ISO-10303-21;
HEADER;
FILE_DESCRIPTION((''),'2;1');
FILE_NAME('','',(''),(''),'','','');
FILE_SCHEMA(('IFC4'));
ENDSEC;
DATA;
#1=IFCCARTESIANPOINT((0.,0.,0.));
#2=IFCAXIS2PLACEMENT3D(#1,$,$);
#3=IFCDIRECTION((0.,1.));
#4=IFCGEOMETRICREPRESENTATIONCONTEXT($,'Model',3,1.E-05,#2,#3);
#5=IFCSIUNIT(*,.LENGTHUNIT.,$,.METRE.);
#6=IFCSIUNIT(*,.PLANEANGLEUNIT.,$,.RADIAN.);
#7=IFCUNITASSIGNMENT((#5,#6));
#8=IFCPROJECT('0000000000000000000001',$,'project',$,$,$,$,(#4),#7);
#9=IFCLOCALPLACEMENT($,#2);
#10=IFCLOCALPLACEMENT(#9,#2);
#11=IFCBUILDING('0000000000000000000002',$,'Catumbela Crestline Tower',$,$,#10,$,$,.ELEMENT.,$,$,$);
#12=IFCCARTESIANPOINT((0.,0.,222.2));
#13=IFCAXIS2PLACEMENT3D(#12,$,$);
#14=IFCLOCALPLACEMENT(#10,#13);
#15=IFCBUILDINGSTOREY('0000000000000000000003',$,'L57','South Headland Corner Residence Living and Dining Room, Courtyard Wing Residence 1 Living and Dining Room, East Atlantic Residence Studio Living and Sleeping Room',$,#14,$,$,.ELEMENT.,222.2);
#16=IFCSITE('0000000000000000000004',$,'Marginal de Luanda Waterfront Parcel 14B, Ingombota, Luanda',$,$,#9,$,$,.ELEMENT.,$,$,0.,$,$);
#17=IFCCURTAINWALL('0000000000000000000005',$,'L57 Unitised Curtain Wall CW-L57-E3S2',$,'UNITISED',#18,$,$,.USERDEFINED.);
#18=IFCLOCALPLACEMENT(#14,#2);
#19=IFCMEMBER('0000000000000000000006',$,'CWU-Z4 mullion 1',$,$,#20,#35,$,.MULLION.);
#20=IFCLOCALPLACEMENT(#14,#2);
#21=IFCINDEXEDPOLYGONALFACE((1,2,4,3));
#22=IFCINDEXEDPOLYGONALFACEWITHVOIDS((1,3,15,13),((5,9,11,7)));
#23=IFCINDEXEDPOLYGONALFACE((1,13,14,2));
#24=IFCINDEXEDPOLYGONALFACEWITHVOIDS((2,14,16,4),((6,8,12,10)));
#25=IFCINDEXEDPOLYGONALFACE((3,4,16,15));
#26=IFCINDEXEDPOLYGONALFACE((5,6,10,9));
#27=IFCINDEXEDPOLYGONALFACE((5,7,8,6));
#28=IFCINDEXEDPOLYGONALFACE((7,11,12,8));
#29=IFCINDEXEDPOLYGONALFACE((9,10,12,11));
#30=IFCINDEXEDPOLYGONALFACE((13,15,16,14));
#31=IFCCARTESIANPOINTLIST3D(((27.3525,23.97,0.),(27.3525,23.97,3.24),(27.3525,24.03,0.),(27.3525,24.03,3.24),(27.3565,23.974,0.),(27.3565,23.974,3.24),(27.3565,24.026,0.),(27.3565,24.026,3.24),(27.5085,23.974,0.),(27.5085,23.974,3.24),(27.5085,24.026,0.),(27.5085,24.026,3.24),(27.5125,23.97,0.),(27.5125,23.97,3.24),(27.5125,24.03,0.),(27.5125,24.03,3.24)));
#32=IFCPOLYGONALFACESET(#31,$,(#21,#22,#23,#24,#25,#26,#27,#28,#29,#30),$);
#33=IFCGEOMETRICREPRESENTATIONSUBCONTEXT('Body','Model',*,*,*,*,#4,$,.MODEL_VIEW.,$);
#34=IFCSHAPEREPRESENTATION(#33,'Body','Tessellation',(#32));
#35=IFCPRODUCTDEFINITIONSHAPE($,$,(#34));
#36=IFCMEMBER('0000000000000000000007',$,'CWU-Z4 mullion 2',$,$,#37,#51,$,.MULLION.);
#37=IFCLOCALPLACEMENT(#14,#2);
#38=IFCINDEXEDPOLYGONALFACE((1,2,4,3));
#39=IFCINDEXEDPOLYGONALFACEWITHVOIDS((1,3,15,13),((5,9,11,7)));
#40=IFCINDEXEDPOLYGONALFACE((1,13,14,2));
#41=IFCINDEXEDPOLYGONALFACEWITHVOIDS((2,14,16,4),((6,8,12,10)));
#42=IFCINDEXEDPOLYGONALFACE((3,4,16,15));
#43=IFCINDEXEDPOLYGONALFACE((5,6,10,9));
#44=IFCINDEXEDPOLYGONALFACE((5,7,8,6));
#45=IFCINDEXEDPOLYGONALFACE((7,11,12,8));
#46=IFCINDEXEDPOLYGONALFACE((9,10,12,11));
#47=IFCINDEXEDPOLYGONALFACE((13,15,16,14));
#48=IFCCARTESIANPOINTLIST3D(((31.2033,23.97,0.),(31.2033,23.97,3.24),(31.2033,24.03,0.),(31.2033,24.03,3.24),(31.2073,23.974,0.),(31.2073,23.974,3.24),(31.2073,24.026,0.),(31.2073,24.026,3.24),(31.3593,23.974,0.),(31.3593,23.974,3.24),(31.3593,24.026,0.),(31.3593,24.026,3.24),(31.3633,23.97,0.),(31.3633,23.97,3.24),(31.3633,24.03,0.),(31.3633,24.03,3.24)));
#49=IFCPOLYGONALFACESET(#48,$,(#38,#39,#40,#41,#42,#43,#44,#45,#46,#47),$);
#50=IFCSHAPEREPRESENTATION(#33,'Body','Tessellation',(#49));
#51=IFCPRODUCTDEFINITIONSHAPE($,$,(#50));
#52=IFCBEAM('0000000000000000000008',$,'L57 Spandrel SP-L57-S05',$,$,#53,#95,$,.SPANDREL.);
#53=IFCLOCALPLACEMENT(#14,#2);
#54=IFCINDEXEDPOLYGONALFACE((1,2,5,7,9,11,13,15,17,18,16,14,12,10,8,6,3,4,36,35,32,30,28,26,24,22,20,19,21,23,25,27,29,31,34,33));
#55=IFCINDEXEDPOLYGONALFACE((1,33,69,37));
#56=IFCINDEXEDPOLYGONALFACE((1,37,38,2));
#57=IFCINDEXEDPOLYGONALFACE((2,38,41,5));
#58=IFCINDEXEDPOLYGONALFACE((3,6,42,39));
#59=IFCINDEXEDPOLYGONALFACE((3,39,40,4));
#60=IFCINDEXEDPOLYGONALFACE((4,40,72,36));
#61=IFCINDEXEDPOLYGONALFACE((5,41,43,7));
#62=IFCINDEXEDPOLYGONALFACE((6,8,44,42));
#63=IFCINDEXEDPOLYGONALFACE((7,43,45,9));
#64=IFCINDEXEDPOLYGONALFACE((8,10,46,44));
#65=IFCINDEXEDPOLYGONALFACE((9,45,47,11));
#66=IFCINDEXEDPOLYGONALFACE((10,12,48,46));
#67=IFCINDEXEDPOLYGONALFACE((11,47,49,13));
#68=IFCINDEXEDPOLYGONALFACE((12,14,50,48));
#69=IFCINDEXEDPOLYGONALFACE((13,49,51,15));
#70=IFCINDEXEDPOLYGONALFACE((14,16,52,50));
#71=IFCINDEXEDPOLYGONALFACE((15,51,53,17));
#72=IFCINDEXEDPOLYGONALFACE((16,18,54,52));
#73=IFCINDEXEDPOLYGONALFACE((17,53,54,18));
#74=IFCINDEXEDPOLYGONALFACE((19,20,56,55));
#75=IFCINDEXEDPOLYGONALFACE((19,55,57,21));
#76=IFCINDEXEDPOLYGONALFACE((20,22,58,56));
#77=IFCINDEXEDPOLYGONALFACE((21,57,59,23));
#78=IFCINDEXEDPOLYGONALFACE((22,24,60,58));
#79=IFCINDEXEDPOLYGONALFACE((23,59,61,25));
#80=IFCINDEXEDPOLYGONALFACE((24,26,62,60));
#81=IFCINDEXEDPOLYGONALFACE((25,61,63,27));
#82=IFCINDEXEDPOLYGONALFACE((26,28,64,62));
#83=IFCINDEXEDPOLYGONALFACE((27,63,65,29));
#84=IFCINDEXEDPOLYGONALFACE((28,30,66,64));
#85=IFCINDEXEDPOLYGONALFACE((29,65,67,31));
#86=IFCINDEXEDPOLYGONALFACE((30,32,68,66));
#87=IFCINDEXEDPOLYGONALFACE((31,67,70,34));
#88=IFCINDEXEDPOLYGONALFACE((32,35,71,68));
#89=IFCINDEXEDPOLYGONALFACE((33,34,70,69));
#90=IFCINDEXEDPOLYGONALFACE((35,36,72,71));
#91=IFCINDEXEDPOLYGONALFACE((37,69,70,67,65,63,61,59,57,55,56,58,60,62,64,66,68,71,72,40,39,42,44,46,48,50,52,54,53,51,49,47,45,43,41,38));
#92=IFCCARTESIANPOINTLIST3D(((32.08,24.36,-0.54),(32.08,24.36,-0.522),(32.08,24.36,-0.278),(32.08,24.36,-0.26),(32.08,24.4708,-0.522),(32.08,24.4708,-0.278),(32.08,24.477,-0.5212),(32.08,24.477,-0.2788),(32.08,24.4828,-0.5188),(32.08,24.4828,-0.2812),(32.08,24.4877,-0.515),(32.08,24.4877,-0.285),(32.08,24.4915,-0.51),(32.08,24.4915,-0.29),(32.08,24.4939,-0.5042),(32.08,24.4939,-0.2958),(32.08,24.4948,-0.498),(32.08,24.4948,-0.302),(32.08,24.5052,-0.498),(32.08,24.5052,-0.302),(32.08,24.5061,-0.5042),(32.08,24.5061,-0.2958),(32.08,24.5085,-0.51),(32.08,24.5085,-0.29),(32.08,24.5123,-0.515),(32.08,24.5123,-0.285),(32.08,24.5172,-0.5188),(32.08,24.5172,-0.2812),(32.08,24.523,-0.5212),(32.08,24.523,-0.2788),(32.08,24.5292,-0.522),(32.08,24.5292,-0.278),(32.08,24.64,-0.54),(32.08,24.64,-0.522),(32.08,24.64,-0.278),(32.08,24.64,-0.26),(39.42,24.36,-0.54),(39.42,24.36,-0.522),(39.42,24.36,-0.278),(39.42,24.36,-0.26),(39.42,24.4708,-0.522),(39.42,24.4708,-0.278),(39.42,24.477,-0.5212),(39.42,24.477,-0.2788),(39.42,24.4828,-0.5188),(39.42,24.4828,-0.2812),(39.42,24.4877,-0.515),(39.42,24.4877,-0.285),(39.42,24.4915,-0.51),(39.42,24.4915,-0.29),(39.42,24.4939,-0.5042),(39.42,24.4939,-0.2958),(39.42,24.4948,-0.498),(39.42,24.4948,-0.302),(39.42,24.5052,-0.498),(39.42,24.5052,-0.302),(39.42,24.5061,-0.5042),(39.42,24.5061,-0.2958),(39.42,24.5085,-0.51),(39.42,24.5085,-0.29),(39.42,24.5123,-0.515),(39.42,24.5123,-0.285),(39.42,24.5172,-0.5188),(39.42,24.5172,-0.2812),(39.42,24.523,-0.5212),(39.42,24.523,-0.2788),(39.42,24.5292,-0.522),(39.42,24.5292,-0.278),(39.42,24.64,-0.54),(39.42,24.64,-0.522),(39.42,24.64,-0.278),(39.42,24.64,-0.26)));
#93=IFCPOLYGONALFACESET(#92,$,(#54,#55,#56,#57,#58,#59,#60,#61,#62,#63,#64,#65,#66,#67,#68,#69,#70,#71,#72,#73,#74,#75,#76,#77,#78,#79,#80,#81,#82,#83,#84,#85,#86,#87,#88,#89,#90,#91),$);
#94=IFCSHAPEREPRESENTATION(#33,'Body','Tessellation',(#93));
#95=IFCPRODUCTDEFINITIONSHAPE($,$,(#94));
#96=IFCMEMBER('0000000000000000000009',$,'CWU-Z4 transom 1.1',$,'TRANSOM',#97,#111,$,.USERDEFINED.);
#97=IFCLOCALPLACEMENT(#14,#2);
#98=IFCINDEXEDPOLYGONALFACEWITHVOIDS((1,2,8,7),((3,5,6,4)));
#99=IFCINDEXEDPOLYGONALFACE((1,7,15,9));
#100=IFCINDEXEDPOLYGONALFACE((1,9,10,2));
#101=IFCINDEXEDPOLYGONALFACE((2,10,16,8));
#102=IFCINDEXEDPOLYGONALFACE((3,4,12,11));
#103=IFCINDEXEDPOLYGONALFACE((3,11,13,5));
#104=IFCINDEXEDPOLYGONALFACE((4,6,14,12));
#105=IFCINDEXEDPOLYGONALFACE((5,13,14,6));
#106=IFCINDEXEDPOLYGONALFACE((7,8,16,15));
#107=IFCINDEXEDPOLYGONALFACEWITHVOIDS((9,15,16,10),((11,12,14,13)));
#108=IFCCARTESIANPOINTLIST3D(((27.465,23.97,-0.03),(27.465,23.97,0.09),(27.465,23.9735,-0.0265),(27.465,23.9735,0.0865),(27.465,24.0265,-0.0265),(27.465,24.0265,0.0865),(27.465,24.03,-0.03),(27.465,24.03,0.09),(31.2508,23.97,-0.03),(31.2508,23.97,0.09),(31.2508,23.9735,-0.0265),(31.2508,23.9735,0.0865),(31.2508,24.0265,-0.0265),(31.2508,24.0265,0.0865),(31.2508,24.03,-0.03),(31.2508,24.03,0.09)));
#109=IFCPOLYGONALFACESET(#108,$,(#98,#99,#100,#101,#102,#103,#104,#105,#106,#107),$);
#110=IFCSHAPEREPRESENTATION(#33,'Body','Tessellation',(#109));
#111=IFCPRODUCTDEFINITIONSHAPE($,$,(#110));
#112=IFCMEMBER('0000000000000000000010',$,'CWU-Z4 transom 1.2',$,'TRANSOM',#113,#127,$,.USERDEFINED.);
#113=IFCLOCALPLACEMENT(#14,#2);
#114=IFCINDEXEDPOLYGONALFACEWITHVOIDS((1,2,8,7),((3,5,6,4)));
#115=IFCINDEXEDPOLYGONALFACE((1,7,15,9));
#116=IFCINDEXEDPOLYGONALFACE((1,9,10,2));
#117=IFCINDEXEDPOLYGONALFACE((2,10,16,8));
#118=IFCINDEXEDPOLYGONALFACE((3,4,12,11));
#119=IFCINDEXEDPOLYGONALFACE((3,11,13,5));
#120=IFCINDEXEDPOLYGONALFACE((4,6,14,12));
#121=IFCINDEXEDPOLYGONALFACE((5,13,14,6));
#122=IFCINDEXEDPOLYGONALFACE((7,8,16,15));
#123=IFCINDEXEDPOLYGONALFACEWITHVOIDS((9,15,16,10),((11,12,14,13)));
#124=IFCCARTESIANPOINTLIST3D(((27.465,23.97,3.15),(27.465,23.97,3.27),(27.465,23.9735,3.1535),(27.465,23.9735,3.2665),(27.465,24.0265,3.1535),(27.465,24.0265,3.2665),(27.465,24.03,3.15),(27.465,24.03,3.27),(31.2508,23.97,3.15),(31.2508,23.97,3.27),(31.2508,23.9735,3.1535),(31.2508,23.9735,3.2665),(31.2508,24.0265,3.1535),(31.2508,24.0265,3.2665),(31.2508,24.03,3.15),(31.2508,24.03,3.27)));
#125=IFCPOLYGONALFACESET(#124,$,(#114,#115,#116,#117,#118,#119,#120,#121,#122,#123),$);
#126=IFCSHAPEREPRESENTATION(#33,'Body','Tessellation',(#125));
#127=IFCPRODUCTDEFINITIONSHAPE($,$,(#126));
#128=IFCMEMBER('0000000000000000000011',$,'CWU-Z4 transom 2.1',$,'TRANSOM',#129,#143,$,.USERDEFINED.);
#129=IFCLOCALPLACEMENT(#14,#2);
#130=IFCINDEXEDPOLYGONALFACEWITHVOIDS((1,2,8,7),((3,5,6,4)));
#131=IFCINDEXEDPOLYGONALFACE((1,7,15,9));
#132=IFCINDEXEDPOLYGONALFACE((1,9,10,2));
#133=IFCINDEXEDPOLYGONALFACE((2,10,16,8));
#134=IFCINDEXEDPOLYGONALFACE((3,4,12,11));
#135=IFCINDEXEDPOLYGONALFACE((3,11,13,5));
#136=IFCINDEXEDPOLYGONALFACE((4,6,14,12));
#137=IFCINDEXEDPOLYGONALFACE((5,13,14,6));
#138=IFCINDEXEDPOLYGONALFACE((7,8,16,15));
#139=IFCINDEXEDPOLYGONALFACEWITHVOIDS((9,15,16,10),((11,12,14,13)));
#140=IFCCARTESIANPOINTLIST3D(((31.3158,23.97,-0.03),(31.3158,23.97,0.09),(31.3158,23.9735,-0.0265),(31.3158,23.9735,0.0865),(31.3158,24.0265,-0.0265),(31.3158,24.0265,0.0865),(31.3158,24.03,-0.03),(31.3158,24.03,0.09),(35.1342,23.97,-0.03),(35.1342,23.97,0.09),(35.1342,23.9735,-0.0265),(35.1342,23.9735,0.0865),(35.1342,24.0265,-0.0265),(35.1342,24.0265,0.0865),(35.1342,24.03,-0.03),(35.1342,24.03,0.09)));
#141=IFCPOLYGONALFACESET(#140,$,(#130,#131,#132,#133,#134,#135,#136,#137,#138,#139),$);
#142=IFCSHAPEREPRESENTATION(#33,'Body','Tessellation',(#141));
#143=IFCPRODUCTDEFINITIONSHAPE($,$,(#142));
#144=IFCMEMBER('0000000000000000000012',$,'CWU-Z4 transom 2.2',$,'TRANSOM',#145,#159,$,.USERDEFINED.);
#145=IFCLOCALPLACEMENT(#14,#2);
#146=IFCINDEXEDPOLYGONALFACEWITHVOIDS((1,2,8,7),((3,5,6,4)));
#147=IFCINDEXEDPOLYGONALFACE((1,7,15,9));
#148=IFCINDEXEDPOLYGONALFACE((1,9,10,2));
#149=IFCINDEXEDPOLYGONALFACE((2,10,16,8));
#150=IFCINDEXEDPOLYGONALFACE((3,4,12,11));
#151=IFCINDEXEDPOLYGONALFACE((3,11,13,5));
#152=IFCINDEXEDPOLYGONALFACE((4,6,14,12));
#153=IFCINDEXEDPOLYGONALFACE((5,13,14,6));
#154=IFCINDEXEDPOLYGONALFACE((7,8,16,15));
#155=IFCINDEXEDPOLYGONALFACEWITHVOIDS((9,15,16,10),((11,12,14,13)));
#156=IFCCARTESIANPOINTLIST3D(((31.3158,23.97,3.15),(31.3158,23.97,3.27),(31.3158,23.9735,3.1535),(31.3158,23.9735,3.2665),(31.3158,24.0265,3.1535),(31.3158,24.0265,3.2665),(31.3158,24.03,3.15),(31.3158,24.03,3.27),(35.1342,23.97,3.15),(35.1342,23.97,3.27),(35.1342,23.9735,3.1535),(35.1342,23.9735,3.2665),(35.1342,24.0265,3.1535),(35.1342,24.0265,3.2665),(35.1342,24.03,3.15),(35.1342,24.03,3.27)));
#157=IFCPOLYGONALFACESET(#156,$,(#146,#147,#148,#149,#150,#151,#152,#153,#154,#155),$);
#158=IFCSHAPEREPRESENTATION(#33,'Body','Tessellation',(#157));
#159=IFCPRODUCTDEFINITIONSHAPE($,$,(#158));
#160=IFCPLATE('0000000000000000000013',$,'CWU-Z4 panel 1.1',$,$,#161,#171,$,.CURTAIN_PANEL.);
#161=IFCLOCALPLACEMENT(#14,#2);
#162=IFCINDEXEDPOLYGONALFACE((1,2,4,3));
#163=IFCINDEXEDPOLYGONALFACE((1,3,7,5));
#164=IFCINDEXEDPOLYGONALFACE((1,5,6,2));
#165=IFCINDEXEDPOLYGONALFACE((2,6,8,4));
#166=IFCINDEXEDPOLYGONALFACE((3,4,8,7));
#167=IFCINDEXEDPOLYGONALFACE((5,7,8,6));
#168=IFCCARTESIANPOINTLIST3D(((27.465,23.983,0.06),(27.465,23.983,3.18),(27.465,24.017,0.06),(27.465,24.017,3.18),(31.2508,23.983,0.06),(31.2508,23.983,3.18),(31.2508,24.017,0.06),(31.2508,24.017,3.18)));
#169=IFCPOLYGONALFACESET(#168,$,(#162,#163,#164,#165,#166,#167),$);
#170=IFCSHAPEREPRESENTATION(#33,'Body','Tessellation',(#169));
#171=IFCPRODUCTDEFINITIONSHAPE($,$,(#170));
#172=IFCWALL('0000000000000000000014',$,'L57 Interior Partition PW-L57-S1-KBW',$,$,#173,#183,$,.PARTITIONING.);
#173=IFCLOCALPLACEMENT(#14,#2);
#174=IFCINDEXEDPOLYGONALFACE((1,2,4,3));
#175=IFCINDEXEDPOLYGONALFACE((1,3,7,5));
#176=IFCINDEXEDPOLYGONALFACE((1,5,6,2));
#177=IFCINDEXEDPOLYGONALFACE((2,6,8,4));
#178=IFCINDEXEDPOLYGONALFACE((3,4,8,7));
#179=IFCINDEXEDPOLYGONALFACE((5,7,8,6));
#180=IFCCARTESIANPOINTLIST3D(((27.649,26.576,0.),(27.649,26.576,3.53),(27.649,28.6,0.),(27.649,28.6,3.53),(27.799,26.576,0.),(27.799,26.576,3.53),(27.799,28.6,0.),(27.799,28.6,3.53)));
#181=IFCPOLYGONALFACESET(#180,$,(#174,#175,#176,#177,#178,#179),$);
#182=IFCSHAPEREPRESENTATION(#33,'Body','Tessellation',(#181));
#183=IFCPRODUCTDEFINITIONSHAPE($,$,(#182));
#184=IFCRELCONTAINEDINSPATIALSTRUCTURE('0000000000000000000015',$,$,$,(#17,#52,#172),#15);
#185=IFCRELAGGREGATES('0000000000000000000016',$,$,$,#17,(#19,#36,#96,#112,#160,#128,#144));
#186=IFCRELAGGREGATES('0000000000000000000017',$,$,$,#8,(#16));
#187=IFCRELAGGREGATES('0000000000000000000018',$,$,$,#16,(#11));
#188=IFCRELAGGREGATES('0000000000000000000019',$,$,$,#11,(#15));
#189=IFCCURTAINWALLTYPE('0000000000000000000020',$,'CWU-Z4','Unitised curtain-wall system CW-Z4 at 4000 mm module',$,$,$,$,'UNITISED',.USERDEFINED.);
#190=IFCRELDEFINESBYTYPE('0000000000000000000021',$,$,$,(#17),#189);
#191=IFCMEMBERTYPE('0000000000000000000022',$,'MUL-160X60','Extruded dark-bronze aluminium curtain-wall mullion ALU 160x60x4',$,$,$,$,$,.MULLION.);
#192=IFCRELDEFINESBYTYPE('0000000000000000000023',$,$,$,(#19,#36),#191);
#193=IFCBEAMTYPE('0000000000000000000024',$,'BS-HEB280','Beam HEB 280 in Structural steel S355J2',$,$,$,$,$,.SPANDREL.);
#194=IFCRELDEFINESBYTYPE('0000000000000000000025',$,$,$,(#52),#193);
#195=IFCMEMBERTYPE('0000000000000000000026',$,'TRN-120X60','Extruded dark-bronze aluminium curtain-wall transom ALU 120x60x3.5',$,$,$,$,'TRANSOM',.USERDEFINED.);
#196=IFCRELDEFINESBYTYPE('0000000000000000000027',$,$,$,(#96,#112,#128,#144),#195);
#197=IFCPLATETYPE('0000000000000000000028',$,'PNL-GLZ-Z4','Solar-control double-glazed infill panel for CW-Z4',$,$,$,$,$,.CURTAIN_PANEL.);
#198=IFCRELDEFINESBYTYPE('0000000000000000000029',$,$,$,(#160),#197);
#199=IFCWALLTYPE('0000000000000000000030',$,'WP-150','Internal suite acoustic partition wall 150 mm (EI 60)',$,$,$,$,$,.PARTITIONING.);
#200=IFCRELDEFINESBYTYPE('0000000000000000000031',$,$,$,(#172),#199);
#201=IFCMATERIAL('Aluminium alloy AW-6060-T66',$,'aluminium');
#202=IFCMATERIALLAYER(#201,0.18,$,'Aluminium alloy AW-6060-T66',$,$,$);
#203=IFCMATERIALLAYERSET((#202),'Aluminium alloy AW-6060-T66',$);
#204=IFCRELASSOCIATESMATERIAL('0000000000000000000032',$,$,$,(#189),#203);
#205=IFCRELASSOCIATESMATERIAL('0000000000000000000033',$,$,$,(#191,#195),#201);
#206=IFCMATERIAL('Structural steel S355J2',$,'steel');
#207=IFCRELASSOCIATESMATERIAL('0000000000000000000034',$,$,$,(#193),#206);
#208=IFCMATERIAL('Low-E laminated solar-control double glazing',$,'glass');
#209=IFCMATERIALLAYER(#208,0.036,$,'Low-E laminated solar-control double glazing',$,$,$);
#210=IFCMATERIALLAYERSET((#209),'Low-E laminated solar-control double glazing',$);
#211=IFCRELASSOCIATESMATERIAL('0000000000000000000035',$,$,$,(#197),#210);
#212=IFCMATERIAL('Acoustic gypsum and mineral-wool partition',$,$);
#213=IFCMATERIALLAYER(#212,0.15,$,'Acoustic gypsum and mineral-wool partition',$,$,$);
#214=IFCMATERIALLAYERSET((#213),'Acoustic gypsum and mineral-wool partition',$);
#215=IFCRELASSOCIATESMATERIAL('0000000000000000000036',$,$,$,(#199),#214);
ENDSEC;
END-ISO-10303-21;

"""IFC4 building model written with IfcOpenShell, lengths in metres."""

from ifc_helpers import new_model, si_unit, direction, frame, frame_2d, origin, origin_2d, place, context, subcontext, project, spatial, rectangle, hollow_rectangle, i_section, extrude, material, layer, layer_set, material_profile, profile_set, type_object, element, aggregate, save


model = new_model("IFC4")

# Units and contexts
model_context = context("Model", 3, precision=1e-05, world=origin(), true_north=direction((0.0, 1.0)))
body_context = subcontext(model_context, "Body", "Model", "MODEL_VIEW")
ifc_project = project(units=[si_unit("LENGTHUNIT", "METRE"), si_unit("PLANEANGLEUNIT", "RADIAN")], contexts=[model_context])

# Site, building, storey
site_placement = place(None, origin())
site = spatial("IfcSite", under=ifc_project, at=site_placement, Name="Marginal de Luanda Waterfront Parcel 14B, Ingombota, Luanda", CompositionType="ELEMENT", RefElevation=0.0)
building_placement = place(site_placement, origin())
building = spatial("IfcBuilding", under=site, at=building_placement, Name="Catumbela Crestline Tower", CompositionType="ELEMENT")
storey_placement = place(building_placement, frame((0.0, 0.0, 222.2)))
storey = spatial("IfcBuildingStorey", under=building, at=storey_placement, Name="L57", Description="South Headland Corner Residence Living and Dining Room, Courtyard Wing Residence 1 Living and Dining Room, East Atlantic Residence Studio Living and Sleeping Room", CompositionType="ELEMENT", Elevation=222.2)

# Shared definitions
ifc_material_1 = material(Name="Structural steel S355J2", Category="steel")

# Curtain wall, members
ifc_material_2 = material(Name="Aluminium alloy AW-6060-T66", Category="aluminium")
ifc_layer_1 = layer(ifc_material_2, 0.18, Name="Aluminium alloy AW-6060-T66")
ifc_layer_set_1 = layer_set([ifc_layer_1], Name="Aluminium alloy AW-6060-T66")
curtain_wall_type = type_object("IfcCurtainWallType", Name="CWU-Z4", Description="Unitised curtain-wall system CW-Z4 at 4000 mm module", ElementType="UNITISED", PredefinedType="USERDEFINED", material=ifc_layer_set_1)
curtain_wall_placement = place(storey_placement, origin())
curtain_wall = element("IfcCurtainWall", 1, at=curtain_wall_placement, inside=storey, type_object=curtain_wall_type, Name="L57 Unitised Curtain Wall CW-L57-E3S2", ObjectType="UNITISED", PredefinedType="USERDEFINED")
ifc_material_profile_1 = material_profile(ifc_material_2, hollow_rectangle(XDim=0.06, YDim=0.16, WallThickness=0.004, at=origin_2d()), Name="ALU 160x60x4")
ifc_profile_set_1 = profile_set([ifc_material_profile_1], Name="Aluminium alloy AW-6060-T66")
member_type_1 = type_object("IfcMemberType", Name="MUL-160X60", Description="Extruded dark-bronze aluminium curtain-wall mullion ALU 160x60x4", PredefinedType="MULLION", material=ifc_profile_set_1)
member_1_placement = place(storey_placement, frame((27.4325, 24.0, 0.0), z_axis=(0.0, 0.0, 1.0), x_axis=(0.0, 1.0, 0.0)))
member_1 = element("IfcMember", 2, at=member_1_placement, type_object=member_type_1, Name="CWU-Z4 mullion 1", PredefinedType="MULLION", context=body_context, shape_type="SweptSolid", body=[
    extrude(hollow_rectangle(XDim=0.06, YDim=0.16, WallThickness=0.004, at=origin_2d()), origin(), (0.0, 0.0, 1.0), 3.24),
])
member_2_placement = place(storey_placement, frame((31.2833, 24.0, 0.0), z_axis=(0.0, 0.0, 1.0), x_axis=(0.0, 1.0, 0.0)))
member_2 = element("IfcMember", 3, at=member_2_placement, type_object=member_type_1, Name="CWU-Z4 mullion 2", PredefinedType="MULLION", context=body_context, shape_type="SweptSolid", body=[
    extrude(hollow_rectangle(XDim=0.06, YDim=0.16, WallThickness=0.004, at=origin_2d()), origin(), (0.0, 0.0, 1.0), 3.24),
])

# Beam
ifc_material_profile_2 = material_profile(ifc_material_1, i_section(OverallWidth=0.28, OverallDepth=0.28, WebThickness=0.0105, FlangeThickness=0.018, FilletRadius=0.024, at=origin_2d()), Name="HEB 280")
ifc_profile_set_2 = profile_set([ifc_material_profile_2], Name="Structural steel S355J2")
beam_type_1 = type_object("IfcBeamType", Name="BS-HEB280", Description="Beam HEB 280 in Structural steel S355J2", PredefinedType="SPANDREL", material=ifc_profile_set_2)
beam_1_placement = place(storey_placement, frame((32.08, 24.5, -0.4), z_axis=(1.0, 0.0, 0.0), x_axis=(0.0, 1.0, 0.0)))
element("IfcBeam", 4, at=beam_1_placement, inside=storey, type_object=beam_type_1, Name="L57 Spandrel SP-L57-S05", PredefinedType="SPANDREL", context=body_context, shape_type="SweptSolid", body=[
    extrude(i_section(OverallWidth=0.28, OverallDepth=0.28, WebThickness=0.0105, FlangeThickness=0.018, FilletRadius=0.024, at=origin_2d()), origin(), (0.0, 0.0, 1.0), 7.34),
])

# Members
ifc_material_profile_3 = material_profile(ifc_material_2, hollow_rectangle(XDim=0.06, YDim=0.12, WallThickness=0.0035, at=origin_2d()), Name="ALU 120x60x3.5")
ifc_profile_set_3 = profile_set([ifc_material_profile_3], Name="Aluminium alloy AW-6060-T66")
member_type_2 = type_object("IfcMemberType", Name="TRN-120X60", Description="Extruded dark-bronze aluminium curtain-wall transom ALU 120x60x3.5", ElementType="TRANSOM", PredefinedType="USERDEFINED", material=ifc_profile_set_3)
member_3_placement = place(storey_placement, frame((27.465, 24.0, 0.03), z_axis=(1.0, 0.0, 0.0), x_axis=(0.0, 1.0, 0.0)))
member_3 = element("IfcMember", 5, at=member_3_placement, type_object=member_type_2, Name="CWU-Z4 transom 1.1", ObjectType="TRANSOM", PredefinedType="USERDEFINED", context=body_context, shape_type="SweptSolid", body=[
    extrude(hollow_rectangle(XDim=0.06, YDim=0.12, WallThickness=0.0035, at=origin_2d()), origin(), (0.0, 0.0, 1.0), 3.7858),
])
member_4_placement = place(storey_placement, frame((27.465, 24.0, 3.21), z_axis=(1.0, 0.0, 0.0), x_axis=(0.0, 1.0, 0.0)))
member_4 = element("IfcMember", 6, at=member_4_placement, type_object=member_type_2, Name="CWU-Z4 transom 1.2", ObjectType="TRANSOM", PredefinedType="USERDEFINED", context=body_context, shape_type="SweptSolid", body=[
    extrude(hollow_rectangle(XDim=0.06, YDim=0.12, WallThickness=0.0035, at=origin_2d()), origin(), (0.0, 0.0, 1.0), 3.7858),
])
member_5_placement = place(storey_placement, frame((31.3158, 24.0, 0.03), z_axis=(1.0, 0.0, 0.0), x_axis=(0.0, 1.0, 0.0)))
member_5 = element("IfcMember", 7, at=member_5_placement, type_object=member_type_2, Name="CWU-Z4 transom 2.1", ObjectType="TRANSOM", PredefinedType="USERDEFINED", context=body_context, shape_type="SweptSolid", body=[
    extrude(hollow_rectangle(XDim=0.06, YDim=0.12, WallThickness=0.0035, at=origin_2d()), origin(), (0.0, 0.0, 1.0), 3.8184),
])
member_6_placement = place(storey_placement, frame((31.3158, 24.0, 3.21), z_axis=(1.0, 0.0, 0.0), x_axis=(0.0, 1.0, 0.0)))
member_6 = element("IfcMember", 8, at=member_6_placement, type_object=member_type_2, Name="CWU-Z4 transom 2.2", ObjectType="TRANSOM", PredefinedType="USERDEFINED", context=body_context, shape_type="SweptSolid", body=[
    extrude(hollow_rectangle(XDim=0.06, YDim=0.12, WallThickness=0.0035, at=origin_2d()), origin(), (0.0, 0.0, 1.0), 3.8184),
])

# Plate
ifc_material_3 = material(Name="Low-E laminated solar-control double glazing", Category="glass")
ifc_layer_2 = layer(ifc_material_3, 0.036, Name="Low-E laminated solar-control double glazing")
ifc_layer_set_2 = layer_set([ifc_layer_2], Name="Low-E laminated solar-control double glazing")
plate_type = type_object("IfcPlateType", Name="PNL-GLZ-Z4", Description="Solar-control double-glazed infill panel for CW-Z4", PredefinedType="CURTAIN_PANEL", material=ifc_layer_set_2)
plate_placement = place(storey_placement, frame((29.3579, 24.0, 0.06), z_axis=(0.0, 0.0, 1.0), x_axis=(1.0, 0.0, 0.0)))
plate = element("IfcPlate", 9, at=plate_placement, type_object=plate_type, Name="CWU-Z4 panel 1.1", PredefinedType="CURTAIN_PANEL", context=body_context, shape_type="SweptSolid", body=[
    extrude(rectangle(XDim=3.7858, YDim=0.034, at=origin_2d()), origin(), (0.0, 0.0, 1.0), 3.12),
])
aggregate(curtain_wall, [member_1, member_2, member_3, member_4, plate, member_5, member_6])

# Wall
ifc_material_4 = material(Name="Acoustic gypsum and mineral-wool partition")
ifc_layer_3 = layer(ifc_material_4, 0.15, Name="Acoustic gypsum and mineral-wool partition")
ifc_layer_set_3 = layer_set([ifc_layer_3], Name="Acoustic gypsum and mineral-wool partition")
wall_type = type_object("IfcWallType", Name="WP-150", Description="Internal suite acoustic partition wall 150 mm (EI 60)", PredefinedType="PARTITIONING", material=ifc_layer_set_3)
for number, where, z_axis, x_axis, name in (
    (10, (27.724, 26.576, 0.0), (0.0, 0.0, 1.0), (0.0, 1.0, 0.0), "L57 Interior Partition PW-L57-S1-KBW"),
):
    element("IfcWall", number, at=place(storey_placement, frame(where, z_axis=z_axis, x_axis=x_axis)), inside=storey, type_object=wall_type, Name=name, PredefinedType="PARTITIONING", context=body_context, shape_type="SweptSolid", body=[
        extrude(rectangle(XDim=2.024, YDim=0.15, at=frame_2d((1.012, 0.0))), origin(), (0.0, 0.0, 1.0), 3.53),
    ])

save(model, "model.ifc")
